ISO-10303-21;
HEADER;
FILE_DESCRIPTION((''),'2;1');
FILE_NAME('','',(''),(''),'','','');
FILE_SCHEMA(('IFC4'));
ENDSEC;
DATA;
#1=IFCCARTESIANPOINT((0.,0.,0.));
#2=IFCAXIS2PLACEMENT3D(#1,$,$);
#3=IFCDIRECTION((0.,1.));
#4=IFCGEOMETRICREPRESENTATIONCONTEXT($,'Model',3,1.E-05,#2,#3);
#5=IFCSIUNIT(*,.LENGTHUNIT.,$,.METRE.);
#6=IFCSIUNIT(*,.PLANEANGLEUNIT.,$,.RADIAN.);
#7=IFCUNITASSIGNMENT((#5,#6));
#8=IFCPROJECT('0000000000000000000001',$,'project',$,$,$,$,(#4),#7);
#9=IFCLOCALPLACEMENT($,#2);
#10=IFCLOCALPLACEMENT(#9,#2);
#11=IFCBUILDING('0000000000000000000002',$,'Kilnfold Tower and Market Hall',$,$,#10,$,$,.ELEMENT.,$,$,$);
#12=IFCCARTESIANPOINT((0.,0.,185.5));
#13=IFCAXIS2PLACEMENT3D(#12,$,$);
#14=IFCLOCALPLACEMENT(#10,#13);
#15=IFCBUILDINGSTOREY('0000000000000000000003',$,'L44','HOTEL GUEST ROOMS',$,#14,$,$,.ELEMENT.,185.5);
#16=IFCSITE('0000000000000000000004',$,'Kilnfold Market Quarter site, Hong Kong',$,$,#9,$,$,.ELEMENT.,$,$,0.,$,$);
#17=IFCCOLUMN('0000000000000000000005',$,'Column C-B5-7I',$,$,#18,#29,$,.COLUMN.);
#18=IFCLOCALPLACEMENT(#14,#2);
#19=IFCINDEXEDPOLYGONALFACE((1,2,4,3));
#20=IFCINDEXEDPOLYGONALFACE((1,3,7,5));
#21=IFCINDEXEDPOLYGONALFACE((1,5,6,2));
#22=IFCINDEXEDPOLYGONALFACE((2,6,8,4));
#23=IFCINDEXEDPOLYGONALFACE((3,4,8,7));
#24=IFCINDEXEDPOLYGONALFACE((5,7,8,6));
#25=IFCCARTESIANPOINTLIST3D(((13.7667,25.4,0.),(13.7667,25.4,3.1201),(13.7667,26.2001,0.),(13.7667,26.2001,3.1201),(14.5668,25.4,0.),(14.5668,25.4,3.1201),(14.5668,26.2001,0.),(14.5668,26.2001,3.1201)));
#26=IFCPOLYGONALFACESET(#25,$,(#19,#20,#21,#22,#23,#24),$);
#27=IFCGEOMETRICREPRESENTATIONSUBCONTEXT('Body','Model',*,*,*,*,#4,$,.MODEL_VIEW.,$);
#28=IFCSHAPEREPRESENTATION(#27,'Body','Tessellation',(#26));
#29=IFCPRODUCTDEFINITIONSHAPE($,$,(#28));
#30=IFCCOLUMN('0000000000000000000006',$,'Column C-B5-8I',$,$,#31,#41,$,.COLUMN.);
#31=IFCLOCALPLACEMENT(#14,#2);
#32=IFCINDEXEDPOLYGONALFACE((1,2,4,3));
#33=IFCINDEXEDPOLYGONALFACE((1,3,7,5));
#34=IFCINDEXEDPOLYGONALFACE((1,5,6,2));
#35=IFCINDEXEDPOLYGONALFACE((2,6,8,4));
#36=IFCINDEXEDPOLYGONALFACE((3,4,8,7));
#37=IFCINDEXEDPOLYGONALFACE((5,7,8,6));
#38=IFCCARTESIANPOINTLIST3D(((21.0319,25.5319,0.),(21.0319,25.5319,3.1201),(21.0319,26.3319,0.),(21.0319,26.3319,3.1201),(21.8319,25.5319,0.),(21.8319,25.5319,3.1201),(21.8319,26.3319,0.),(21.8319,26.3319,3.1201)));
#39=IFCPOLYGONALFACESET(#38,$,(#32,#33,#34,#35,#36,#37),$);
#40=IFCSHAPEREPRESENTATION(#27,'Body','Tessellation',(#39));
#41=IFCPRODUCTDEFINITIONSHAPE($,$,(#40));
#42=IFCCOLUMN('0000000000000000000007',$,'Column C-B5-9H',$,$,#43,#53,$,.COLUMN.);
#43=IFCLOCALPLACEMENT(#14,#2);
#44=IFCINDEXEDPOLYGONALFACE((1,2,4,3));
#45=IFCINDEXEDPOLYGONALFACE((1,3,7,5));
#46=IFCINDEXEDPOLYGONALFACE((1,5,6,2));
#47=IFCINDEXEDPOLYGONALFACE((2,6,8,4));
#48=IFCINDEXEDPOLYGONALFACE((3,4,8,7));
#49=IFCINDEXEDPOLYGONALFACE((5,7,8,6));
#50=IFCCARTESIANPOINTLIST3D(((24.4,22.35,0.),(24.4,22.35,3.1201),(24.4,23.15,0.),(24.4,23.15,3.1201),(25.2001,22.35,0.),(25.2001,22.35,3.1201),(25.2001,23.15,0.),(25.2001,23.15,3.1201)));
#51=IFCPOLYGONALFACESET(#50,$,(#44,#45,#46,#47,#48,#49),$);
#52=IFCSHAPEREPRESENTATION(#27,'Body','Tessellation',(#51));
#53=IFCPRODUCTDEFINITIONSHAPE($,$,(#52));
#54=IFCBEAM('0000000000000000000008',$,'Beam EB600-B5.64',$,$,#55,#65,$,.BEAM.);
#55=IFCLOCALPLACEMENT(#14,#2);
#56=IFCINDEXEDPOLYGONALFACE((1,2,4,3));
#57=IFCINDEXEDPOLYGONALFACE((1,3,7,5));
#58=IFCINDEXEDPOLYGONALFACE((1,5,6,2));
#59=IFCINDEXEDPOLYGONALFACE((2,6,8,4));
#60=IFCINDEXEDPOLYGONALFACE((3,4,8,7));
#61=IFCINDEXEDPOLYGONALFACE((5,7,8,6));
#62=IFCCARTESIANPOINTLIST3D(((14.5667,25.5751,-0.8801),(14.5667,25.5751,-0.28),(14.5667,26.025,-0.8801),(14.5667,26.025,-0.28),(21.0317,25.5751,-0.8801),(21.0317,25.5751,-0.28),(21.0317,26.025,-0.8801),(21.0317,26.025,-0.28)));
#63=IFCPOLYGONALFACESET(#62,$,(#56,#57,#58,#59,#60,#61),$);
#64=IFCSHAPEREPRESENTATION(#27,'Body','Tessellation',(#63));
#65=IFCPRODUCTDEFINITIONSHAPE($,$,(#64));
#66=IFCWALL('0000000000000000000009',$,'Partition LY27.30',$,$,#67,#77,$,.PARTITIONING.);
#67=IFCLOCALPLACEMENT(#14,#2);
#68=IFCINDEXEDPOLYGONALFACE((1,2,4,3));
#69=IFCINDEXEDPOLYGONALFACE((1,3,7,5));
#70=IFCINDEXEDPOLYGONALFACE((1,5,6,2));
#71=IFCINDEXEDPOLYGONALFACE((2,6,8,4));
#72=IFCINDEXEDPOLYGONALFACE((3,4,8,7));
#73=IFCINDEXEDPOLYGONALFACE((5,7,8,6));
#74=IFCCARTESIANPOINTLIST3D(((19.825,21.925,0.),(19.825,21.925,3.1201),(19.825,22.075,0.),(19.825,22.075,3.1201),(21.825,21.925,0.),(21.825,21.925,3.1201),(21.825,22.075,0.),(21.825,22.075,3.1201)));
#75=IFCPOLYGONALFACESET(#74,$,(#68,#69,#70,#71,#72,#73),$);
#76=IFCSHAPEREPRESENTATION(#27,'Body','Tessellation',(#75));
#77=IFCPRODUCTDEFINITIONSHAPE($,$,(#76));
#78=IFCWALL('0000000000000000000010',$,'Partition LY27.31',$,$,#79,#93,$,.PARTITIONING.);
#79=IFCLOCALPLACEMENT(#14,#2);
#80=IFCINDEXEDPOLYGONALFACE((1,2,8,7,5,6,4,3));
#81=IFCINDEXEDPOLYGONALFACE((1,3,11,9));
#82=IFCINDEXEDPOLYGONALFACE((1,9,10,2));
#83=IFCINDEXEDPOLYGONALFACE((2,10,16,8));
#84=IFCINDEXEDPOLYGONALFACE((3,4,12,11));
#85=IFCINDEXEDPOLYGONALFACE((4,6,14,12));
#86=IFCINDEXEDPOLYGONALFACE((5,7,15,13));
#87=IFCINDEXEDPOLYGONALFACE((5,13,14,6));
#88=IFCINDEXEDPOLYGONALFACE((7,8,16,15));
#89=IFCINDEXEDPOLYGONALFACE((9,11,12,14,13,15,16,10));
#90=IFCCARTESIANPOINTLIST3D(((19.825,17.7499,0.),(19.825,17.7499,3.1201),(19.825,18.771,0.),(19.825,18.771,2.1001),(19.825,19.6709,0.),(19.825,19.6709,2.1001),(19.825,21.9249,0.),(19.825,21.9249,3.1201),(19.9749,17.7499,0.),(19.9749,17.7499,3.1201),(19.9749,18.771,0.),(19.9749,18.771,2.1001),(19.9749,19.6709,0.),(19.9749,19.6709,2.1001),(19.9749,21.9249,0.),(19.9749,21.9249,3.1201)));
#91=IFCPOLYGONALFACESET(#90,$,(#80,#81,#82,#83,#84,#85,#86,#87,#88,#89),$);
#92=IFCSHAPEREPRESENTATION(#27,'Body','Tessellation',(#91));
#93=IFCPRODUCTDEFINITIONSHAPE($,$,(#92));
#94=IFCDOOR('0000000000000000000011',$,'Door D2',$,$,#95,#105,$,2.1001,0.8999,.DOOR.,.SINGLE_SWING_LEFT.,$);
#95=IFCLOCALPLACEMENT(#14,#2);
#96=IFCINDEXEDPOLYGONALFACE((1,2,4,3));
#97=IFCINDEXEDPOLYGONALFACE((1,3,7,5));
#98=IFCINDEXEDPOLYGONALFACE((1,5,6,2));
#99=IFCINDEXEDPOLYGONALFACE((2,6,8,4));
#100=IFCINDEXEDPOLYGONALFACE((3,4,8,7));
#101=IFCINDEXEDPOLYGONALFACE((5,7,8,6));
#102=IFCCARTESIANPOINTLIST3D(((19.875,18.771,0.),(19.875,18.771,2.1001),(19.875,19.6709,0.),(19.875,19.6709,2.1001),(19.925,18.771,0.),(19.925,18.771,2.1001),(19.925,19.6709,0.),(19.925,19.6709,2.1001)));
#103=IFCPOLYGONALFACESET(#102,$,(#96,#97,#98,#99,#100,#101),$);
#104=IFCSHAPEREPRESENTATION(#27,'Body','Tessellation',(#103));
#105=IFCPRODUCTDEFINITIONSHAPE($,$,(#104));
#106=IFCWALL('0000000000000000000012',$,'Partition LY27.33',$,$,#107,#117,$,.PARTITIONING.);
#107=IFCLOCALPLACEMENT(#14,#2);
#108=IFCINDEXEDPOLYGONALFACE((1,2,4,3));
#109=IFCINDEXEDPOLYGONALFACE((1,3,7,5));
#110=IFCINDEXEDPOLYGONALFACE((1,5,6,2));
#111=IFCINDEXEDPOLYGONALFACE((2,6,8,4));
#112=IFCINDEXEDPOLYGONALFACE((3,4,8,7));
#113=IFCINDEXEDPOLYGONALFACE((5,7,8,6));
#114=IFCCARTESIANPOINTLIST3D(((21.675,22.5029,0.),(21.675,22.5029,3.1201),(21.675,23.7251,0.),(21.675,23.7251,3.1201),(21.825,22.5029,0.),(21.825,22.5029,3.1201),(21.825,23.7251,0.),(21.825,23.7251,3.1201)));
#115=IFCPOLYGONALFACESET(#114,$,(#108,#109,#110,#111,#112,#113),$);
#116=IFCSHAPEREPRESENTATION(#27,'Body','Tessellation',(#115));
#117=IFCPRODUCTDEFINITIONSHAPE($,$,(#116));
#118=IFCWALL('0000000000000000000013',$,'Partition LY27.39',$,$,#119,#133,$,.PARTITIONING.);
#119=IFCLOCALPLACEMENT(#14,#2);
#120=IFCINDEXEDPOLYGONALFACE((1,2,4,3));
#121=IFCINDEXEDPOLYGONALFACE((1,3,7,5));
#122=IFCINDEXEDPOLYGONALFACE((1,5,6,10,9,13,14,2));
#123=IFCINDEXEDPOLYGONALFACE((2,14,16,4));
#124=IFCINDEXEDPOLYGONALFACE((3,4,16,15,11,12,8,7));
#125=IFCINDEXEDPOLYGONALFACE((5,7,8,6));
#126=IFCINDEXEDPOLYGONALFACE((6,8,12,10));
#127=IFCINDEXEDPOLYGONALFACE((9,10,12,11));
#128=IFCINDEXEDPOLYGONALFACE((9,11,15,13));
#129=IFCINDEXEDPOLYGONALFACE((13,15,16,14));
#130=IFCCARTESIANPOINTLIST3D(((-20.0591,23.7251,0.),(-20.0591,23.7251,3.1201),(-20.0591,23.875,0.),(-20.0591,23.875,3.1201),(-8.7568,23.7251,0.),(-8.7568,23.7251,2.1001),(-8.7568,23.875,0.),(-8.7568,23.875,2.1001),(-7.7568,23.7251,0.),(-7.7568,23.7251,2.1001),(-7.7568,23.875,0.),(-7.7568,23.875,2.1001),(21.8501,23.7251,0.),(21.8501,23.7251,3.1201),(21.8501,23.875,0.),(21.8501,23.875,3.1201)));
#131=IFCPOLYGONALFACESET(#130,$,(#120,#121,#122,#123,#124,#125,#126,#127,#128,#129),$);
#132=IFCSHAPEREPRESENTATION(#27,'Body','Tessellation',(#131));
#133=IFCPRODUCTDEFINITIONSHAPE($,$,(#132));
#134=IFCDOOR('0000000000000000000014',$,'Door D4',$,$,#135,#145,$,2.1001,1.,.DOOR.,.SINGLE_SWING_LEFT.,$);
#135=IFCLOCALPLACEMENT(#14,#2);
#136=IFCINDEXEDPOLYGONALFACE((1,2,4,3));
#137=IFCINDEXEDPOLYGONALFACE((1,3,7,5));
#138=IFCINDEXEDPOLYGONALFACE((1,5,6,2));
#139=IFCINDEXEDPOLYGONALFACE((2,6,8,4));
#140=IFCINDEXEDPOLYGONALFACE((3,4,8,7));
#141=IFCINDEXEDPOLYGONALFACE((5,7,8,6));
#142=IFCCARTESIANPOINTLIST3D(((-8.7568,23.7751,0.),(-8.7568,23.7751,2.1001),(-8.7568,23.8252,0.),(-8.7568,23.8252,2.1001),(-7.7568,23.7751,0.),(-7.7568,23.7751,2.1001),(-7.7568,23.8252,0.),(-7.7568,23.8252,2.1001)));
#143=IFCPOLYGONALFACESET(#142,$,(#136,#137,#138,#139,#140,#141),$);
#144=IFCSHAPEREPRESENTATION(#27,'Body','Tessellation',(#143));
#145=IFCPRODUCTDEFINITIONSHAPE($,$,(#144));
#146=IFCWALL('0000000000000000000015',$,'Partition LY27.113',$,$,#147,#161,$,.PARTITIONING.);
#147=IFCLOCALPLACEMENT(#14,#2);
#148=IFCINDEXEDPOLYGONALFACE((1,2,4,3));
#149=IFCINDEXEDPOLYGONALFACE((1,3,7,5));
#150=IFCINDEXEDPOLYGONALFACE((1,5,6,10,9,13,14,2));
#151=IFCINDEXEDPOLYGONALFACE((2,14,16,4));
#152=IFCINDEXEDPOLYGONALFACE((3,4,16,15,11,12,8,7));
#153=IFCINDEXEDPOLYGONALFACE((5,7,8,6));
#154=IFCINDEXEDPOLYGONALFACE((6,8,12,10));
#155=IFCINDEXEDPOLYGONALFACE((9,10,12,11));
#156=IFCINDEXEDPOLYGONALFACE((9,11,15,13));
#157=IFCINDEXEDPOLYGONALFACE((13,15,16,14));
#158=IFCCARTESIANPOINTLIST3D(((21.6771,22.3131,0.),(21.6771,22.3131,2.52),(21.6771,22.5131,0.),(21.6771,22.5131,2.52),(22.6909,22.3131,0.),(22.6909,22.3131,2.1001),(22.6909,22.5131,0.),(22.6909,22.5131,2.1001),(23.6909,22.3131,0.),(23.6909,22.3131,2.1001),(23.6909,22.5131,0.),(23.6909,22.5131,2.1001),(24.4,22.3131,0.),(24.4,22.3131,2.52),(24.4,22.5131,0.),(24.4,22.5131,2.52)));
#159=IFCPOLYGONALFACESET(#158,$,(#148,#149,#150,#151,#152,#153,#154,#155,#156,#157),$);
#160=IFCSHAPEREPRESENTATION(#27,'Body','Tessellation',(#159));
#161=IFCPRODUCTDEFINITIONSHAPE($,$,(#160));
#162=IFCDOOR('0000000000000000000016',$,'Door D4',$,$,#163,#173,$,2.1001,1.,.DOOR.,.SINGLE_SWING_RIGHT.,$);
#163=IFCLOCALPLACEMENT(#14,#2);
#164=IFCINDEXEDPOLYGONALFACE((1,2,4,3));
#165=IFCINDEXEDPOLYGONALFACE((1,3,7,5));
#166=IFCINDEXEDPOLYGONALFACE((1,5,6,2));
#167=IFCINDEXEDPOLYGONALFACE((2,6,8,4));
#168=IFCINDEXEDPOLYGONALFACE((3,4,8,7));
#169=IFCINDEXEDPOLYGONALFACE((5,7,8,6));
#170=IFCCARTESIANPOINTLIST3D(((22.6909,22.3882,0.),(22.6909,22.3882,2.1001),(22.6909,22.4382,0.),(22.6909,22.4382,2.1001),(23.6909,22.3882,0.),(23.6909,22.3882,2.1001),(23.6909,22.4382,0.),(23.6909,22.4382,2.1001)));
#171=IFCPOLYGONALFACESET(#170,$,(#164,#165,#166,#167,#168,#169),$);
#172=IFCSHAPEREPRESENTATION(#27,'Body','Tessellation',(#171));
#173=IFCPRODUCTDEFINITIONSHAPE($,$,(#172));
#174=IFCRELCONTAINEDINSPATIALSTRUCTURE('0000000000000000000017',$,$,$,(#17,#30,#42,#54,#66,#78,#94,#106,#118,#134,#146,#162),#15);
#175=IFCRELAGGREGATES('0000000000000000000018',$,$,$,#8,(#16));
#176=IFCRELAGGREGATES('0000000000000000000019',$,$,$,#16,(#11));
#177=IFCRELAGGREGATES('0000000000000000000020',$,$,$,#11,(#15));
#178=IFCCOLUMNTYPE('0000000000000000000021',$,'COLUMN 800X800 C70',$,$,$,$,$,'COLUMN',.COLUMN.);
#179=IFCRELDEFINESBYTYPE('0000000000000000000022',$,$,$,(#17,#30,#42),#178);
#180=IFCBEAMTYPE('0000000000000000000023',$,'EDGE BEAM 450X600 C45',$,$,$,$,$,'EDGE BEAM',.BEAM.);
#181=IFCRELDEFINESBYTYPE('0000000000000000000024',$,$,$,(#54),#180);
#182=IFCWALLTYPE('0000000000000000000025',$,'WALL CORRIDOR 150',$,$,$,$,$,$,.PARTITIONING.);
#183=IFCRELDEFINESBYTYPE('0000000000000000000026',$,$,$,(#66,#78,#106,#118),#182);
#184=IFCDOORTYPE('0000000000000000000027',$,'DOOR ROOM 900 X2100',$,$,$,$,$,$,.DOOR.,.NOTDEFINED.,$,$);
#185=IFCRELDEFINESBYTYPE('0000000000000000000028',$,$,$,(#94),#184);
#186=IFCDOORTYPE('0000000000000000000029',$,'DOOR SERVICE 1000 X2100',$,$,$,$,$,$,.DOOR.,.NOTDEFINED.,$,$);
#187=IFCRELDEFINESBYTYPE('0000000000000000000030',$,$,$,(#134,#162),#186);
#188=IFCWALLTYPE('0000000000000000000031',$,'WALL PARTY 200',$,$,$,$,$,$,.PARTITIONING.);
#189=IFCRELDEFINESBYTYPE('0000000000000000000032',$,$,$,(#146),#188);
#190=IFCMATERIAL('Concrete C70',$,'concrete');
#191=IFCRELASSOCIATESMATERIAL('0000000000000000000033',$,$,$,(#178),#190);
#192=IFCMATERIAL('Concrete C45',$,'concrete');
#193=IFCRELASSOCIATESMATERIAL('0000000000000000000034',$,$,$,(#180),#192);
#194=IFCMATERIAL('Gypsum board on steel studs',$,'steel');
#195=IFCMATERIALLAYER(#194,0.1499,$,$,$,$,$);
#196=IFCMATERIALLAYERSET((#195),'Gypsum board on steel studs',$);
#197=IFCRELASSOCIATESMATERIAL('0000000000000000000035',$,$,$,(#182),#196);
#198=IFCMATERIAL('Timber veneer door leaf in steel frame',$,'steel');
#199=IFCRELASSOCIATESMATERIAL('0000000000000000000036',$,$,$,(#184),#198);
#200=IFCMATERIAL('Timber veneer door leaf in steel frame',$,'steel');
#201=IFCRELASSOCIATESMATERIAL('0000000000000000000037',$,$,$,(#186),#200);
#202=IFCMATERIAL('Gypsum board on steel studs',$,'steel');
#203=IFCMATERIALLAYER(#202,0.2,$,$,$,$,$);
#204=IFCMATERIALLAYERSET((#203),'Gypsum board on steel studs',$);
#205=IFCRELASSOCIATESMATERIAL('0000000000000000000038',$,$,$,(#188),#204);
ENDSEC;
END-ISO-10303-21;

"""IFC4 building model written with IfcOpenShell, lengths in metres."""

from ifc_helpers import new_model, si_unit, direction, frame, frame_2d, origin, origin_2d, place, context, subcontext, project, spatial, rectangle, extrude, source, transform, mapped, material, layer, layer_set, material_profile, profile_set, type_object, element, fill, save


model = new_model("IFC4")

# Units and contexts
model_context = context("Model", 3, precision=1e-05, world=origin(), true_north=direction((0.0, 1.0)))
body_context = subcontext(model_context, "Body", "Model", "MODEL_VIEW")
ifc_project = project(units=[si_unit("LENGTHUNIT", "METRE"), si_unit("PLANEANGLEUNIT", "RADIAN")], contexts=[model_context])

# Site, building, storey
site_placement = place(None, origin())
site = spatial("IfcSite", under=ifc_project, at=site_placement, Name="Kilnfold Market Quarter site, Hong Kong", CompositionType="ELEMENT", RefElevation=0.0)
building_placement = place(site_placement, origin())
building = spatial("IfcBuilding", under=site, at=building_placement, Name="Kilnfold Tower and Market Hall", CompositionType="ELEMENT")
storey_placement = place(building_placement, frame((0.0, 0.0, 185.5)))
storey = spatial("IfcBuildingStorey", under=building, at=storey_placement, Name="L44", Description="HOTEL GUEST ROOMS", CompositionType="ELEMENT", Elevation=185.5)

# Columns
ifc_material_1 = material(Name="Concrete C70", Category="concrete")
ifc_material_profile_1 = material_profile(ifc_material_1, rectangle(XDim=0.8, YDim=0.8, at=origin_2d()), Name="RC 800x800")
ifc_profile_set_1 = profile_set([ifc_material_profile_1], Name="Concrete C70")
column_type = type_object("IfcColumnType", Name="COLUMN 800X800 C70", ElementType="COLUMN", PredefinedType="COLUMN", material=ifc_profile_set_1)
shared_shape_1 = source(origin(), body_context, "Body", "SweptSolid", [
    extrude(rectangle(XDim=0.8, YDim=0.8, at=origin_2d()), origin(), (0.0, 0.0, 1.0), 3.1201),
])
for number, where, z_axis, x_axis, name in (
    (1, (14.1667, 25.8, 0.0), (0.0, 0.0, 1.0), (1.0, 0.0, 0.0), "Column C-B5-7I"),
    (2, (21.4319, 25.9319, 0.0), (0.0, 0.0, 1.0), (1.0, 0.0, 0.0), "Column C-B5-8I"),
    (3, (24.8, 22.75, 0.0), (0.0, 0.0, 1.0), (1.0, 0.0, 0.0), "Column C-B5-9H"),
):
    element("IfcColumn", number, at=place(storey_placement, frame(where, z_axis=z_axis, x_axis=x_axis)), inside=storey, type_object=column_type, Name=name, PredefinedType="COLUMN", context=body_context, shape_type="MappedRepresentation", body=[
        mapped(shared_shape_1, transform((0.0, 0.0, 0.0))),
    ])

# Beam
ifc_material_2 = material(Name="Concrete C45", Category="concrete")
ifc_material_profile_2 = material_profile(ifc_material_2, rectangle(XDim=0.45, YDim=0.6001, at=origin_2d()), Name="RC 450x600")
ifc_profile_set_2 = profile_set([ifc_material_profile_2], Name="Concrete C45")
beam_type = type_object("IfcBeamType", Name="EDGE BEAM 450X600 C45", ElementType="EDGE BEAM", PredefinedType="BEAM", material=ifc_profile_set_2)
shared_shape_2 = source(origin(), body_context, "Body", "SweptSolid", [
    extrude(rectangle(XDim=0.45, YDim=0.6001, at=origin_2d()), origin(), (0.0, 0.0, 1.0), 6.4651),
])
beam_placement = place(storey_placement, frame((14.5667, 25.8, -0.5801), z_axis=(1.0, 0.0, 0.0), x_axis=(0.0, 1.0, 0.0)))
element("IfcBeam", 4, at=beam_placement, inside=storey, type_object=beam_type, Name="Beam EB600-B5.64", PredefinedType="BEAM", context=body_context, shape_type="MappedRepresentation", body=[
    mapped(shared_shape_2, transform((0.0, 0.0, 0.0))),
])

# Wall
ifc_material_3 = material(Name="Gypsum board on steel studs", Category="steel")
ifc_layer_1 = layer(ifc_material_3, 0.1499)
ifc_layer_set_1 = layer_set([ifc_layer_1], Name="Gypsum board on steel studs")
wall_type_1 = type_object("IfcWallType", Name="WALL CORRIDOR 150", PredefinedType="PARTITIONING", material=ifc_layer_set_1)
wall_1_placement = place(storey_placement, frame((19.825, 22.0, 0.0), z_axis=(0.0, 0.0, 1.0), x_axis=(1.0, 0.0, 0.0)))
element("IfcWall", 5, at=wall_1_placement, inside=storey, type_object=wall_type_1, Name="Partition LY27.30", PredefinedType="PARTITIONING", context=body_context, shape_type="SweptSolid", body=[
    extrude(rectangle(XDim=2.0, YDim=0.1499, at=frame_2d((1.0, 0.0))), origin(), (0.0, 0.0, 1.0), 3.1201),
])

# Wall, opening, door
wall_2_placement = place(storey_placement, frame((19.8999, 17.75, 0.0), z_axis=(0.0, 0.0, 1.0), x_axis=(0.0, 1.0, 0.0)))
wall_2 = element("IfcWall", 6, at=wall_2_placement, inside=storey, type_object=wall_type_1, Name="Partition LY27.31", PredefinedType="PARTITIONING", context=body_context, shape_type="SweptSolid", body=[
    extrude(rectangle(XDim=4.175, YDim=0.1499, at=frame_2d((2.0874, 0.0))), origin(), (0.0, 0.0, 1.0), 3.1201),
])
opening_1_placement = place(wall_2_placement, frame((1.021, 0.0, 0.0)))
opening_1 = element("IfcOpeningElement", 7, at=opening_1_placement, cuts=wall_2, PredefinedType="OPENING", context=body_context, shape_type="SweptSolid", body=[
    extrude(rectangle(XDim=0.8999, YDim=2.1001, at=frame_2d((0.45, 1.05))), frame((0.0, 0.085, 0.0), z_axis=(0.0, -1.0, 0.0), x_axis=(1.0, 0.0, 0.0)), (0.0, 0.0, 1.0), 0.1699),
])
ifc_material_4 = material(Name="Timber veneer door leaf in steel frame", Category="steel")
door_type_1 = type_object("IfcDoorType", Name="DOOR ROOM 900 X2100", OperationType="NOTDEFINED", PredefinedType="DOOR", material=ifc_material_4)
door_1_placement = place(opening_1_placement, origin())
door_1 = element("IfcDoor", 8, at=door_1_placement, inside=storey, type_object=door_type_1, Name="Door D2", OperationType="SINGLE_SWING_LEFT", OverallHeight=2.1001, OverallWidth=0.8999, PredefinedType="DOOR", context=body_context, shape_type="SweptSolid", body=[
    extrude(rectangle(XDim=0.8999, YDim=2.1001, at=frame_2d((0.45, 1.05))), frame((0.0, 0.0249, 0.0), z_axis=(0.0, -1.0, 0.0), x_axis=(1.0, 0.0, 0.0)), (0.0, 0.0, 1.0), 0.05),
])
fill(opening_1, door_1)

# Wall
wall_3_placement = place(storey_placement, frame((21.75, 22.5029, 0.0), z_axis=(0.0, 0.0, 1.0), x_axis=(0.0, 1.0, 0.0)))
element("IfcWall", 9, at=wall_3_placement, inside=storey, type_object=wall_type_1, Name="Partition LY27.33", PredefinedType="PARTITIONING", context=body_context, shape_type="SweptSolid", body=[
    extrude(rectangle(XDim=1.2222, YDim=0.1499, at=frame_2d((0.6111, 0.0))), origin(), (0.0, 0.0, 1.0), 3.1201),
])

# Walls, openings, doors
wall_4_placement = place(storey_placement, frame((21.8501, 23.8, 0.0), z_axis=(0.0, 0.0, 1.0), x_axis=(-1.0, 0.0, 0.0)))
wall_4 = element("IfcWall", 10, at=wall_4_placement, inside=storey, type_object=wall_type_1, Name="Partition LY27.39", PredefinedType="PARTITIONING", context=body_context, shape_type="SweptSolid", body=[
    extrude(rectangle(XDim=41.9092, YDim=0.1499, at=frame_2d((20.9546, 0.0))), origin(), (0.0, 0.0, 1.0), 3.1201),
])
opening_2_placement = place(wall_4_placement, frame((29.6069, 0.0, 0.0)))
opening_2 = element("IfcOpeningElement", 11, at=opening_2_placement, cuts=wall_4, PredefinedType="OPENING", context=body_context, shape_type="SweptSolid", body=[
    extrude(rectangle(XDim=1.0, YDim=2.1001, at=frame_2d((0.5, 1.05))), frame((0.0, 0.085, 0.0), z_axis=(0.0, -1.0, 0.0), x_axis=(1.0, 0.0, 0.0)), (0.0, 0.0, 1.0), 0.1699),
])
ifc_material_5 = material(Name="Timber veneer door leaf in steel frame", Category="steel")
door_type_2 = type_object("IfcDoorType", Name="DOOR SERVICE 1000 X2100", OperationType="NOTDEFINED", PredefinedType="DOOR", material=ifc_material_5)
door_2_placement = place(opening_2_placement, origin())
door_2 = element("IfcDoor", 12, at=door_2_placement, inside=storey, type_object=door_type_2, Name="Door D4", OperationType="SINGLE_SWING_LEFT", OverallHeight=2.1001, OverallWidth=1.0, PredefinedType="DOOR", context=body_context, shape_type="SweptSolid", body=[
    extrude(rectangle(XDim=1.0, YDim=2.1001, at=frame_2d((0.5, 1.05))), frame((0.0, 0.0249, 0.0), z_axis=(0.0, -1.0, 0.0), x_axis=(1.0, 0.0, 0.0)), (0.0, 0.0, 1.0), 0.05),
])
fill(opening_2, door_2)
ifc_material_6 = material(Name="Gypsum board on steel studs", Category="steel")
ifc_layer_2 = layer(ifc_material_6, 0.2)
ifc_layer_set_2 = layer_set([ifc_layer_2], Name="Gypsum board on steel studs")
wall_type_2 = type_object("IfcWallType", Name="WALL PARTY 200", PredefinedType="PARTITIONING", material=ifc_layer_set_2)
wall_5_placement = place(storey_placement, frame((24.3999, 22.4131, 0.0), z_axis=(0.0, 0.0, 1.0), x_axis=(-1.0, 0.0, 0.0)))
wall_5 = element("IfcWall", 13, at=wall_5_placement, inside=storey, type_object=wall_type_2, Name="Partition LY27.113", PredefinedType="PARTITIONING", context=body_context, shape_type="SweptSolid", body=[
    extrude(rectangle(XDim=2.7229, YDim=0.2, at=frame_2d((1.3613, 0.0))), origin(), (0.0, 0.0, 1.0), 2.52),
])
opening_3_placement = place(wall_5_placement, frame((0.709, 0.0, 0.0)))
opening_3 = element("IfcOpeningElement", 14, at=opening_3_placement, cuts=wall_5, PredefinedType="OPENING", context=body_context, shape_type="SweptSolid", body=[
    extrude(rectangle(XDim=1.0, YDim=2.1001, at=frame_2d((0.5, 1.05))), frame((0.0, 0.1099, 0.0), z_axis=(0.0, -1.0, 0.0), x_axis=(1.0, 0.0, 0.0)), (0.0, 0.0, 1.0), 0.22),
])
door_3_placement = place(opening_3_placement, origin())
door_3 = element("IfcDoor", 15, at=door_3_placement, inside=storey, type_object=door_type_2, Name="Door D4", OperationType="SINGLE_SWING_RIGHT", OverallHeight=2.1001, OverallWidth=1.0, PredefinedType="DOOR", context=body_context, shape_type="SweptSolid", body=[
    extrude(rectangle(XDim=1.0, YDim=2.1001, at=frame_2d((0.5, 1.05))), frame((0.0, 0.0249, 0.0), z_axis=(0.0, -1.0, 0.0), x_axis=(1.0, 0.0, 0.0)), (0.0, 0.0, 1.0), 0.05),
])
fill(opening_3, door_3)

save(model, "model.ifc")
